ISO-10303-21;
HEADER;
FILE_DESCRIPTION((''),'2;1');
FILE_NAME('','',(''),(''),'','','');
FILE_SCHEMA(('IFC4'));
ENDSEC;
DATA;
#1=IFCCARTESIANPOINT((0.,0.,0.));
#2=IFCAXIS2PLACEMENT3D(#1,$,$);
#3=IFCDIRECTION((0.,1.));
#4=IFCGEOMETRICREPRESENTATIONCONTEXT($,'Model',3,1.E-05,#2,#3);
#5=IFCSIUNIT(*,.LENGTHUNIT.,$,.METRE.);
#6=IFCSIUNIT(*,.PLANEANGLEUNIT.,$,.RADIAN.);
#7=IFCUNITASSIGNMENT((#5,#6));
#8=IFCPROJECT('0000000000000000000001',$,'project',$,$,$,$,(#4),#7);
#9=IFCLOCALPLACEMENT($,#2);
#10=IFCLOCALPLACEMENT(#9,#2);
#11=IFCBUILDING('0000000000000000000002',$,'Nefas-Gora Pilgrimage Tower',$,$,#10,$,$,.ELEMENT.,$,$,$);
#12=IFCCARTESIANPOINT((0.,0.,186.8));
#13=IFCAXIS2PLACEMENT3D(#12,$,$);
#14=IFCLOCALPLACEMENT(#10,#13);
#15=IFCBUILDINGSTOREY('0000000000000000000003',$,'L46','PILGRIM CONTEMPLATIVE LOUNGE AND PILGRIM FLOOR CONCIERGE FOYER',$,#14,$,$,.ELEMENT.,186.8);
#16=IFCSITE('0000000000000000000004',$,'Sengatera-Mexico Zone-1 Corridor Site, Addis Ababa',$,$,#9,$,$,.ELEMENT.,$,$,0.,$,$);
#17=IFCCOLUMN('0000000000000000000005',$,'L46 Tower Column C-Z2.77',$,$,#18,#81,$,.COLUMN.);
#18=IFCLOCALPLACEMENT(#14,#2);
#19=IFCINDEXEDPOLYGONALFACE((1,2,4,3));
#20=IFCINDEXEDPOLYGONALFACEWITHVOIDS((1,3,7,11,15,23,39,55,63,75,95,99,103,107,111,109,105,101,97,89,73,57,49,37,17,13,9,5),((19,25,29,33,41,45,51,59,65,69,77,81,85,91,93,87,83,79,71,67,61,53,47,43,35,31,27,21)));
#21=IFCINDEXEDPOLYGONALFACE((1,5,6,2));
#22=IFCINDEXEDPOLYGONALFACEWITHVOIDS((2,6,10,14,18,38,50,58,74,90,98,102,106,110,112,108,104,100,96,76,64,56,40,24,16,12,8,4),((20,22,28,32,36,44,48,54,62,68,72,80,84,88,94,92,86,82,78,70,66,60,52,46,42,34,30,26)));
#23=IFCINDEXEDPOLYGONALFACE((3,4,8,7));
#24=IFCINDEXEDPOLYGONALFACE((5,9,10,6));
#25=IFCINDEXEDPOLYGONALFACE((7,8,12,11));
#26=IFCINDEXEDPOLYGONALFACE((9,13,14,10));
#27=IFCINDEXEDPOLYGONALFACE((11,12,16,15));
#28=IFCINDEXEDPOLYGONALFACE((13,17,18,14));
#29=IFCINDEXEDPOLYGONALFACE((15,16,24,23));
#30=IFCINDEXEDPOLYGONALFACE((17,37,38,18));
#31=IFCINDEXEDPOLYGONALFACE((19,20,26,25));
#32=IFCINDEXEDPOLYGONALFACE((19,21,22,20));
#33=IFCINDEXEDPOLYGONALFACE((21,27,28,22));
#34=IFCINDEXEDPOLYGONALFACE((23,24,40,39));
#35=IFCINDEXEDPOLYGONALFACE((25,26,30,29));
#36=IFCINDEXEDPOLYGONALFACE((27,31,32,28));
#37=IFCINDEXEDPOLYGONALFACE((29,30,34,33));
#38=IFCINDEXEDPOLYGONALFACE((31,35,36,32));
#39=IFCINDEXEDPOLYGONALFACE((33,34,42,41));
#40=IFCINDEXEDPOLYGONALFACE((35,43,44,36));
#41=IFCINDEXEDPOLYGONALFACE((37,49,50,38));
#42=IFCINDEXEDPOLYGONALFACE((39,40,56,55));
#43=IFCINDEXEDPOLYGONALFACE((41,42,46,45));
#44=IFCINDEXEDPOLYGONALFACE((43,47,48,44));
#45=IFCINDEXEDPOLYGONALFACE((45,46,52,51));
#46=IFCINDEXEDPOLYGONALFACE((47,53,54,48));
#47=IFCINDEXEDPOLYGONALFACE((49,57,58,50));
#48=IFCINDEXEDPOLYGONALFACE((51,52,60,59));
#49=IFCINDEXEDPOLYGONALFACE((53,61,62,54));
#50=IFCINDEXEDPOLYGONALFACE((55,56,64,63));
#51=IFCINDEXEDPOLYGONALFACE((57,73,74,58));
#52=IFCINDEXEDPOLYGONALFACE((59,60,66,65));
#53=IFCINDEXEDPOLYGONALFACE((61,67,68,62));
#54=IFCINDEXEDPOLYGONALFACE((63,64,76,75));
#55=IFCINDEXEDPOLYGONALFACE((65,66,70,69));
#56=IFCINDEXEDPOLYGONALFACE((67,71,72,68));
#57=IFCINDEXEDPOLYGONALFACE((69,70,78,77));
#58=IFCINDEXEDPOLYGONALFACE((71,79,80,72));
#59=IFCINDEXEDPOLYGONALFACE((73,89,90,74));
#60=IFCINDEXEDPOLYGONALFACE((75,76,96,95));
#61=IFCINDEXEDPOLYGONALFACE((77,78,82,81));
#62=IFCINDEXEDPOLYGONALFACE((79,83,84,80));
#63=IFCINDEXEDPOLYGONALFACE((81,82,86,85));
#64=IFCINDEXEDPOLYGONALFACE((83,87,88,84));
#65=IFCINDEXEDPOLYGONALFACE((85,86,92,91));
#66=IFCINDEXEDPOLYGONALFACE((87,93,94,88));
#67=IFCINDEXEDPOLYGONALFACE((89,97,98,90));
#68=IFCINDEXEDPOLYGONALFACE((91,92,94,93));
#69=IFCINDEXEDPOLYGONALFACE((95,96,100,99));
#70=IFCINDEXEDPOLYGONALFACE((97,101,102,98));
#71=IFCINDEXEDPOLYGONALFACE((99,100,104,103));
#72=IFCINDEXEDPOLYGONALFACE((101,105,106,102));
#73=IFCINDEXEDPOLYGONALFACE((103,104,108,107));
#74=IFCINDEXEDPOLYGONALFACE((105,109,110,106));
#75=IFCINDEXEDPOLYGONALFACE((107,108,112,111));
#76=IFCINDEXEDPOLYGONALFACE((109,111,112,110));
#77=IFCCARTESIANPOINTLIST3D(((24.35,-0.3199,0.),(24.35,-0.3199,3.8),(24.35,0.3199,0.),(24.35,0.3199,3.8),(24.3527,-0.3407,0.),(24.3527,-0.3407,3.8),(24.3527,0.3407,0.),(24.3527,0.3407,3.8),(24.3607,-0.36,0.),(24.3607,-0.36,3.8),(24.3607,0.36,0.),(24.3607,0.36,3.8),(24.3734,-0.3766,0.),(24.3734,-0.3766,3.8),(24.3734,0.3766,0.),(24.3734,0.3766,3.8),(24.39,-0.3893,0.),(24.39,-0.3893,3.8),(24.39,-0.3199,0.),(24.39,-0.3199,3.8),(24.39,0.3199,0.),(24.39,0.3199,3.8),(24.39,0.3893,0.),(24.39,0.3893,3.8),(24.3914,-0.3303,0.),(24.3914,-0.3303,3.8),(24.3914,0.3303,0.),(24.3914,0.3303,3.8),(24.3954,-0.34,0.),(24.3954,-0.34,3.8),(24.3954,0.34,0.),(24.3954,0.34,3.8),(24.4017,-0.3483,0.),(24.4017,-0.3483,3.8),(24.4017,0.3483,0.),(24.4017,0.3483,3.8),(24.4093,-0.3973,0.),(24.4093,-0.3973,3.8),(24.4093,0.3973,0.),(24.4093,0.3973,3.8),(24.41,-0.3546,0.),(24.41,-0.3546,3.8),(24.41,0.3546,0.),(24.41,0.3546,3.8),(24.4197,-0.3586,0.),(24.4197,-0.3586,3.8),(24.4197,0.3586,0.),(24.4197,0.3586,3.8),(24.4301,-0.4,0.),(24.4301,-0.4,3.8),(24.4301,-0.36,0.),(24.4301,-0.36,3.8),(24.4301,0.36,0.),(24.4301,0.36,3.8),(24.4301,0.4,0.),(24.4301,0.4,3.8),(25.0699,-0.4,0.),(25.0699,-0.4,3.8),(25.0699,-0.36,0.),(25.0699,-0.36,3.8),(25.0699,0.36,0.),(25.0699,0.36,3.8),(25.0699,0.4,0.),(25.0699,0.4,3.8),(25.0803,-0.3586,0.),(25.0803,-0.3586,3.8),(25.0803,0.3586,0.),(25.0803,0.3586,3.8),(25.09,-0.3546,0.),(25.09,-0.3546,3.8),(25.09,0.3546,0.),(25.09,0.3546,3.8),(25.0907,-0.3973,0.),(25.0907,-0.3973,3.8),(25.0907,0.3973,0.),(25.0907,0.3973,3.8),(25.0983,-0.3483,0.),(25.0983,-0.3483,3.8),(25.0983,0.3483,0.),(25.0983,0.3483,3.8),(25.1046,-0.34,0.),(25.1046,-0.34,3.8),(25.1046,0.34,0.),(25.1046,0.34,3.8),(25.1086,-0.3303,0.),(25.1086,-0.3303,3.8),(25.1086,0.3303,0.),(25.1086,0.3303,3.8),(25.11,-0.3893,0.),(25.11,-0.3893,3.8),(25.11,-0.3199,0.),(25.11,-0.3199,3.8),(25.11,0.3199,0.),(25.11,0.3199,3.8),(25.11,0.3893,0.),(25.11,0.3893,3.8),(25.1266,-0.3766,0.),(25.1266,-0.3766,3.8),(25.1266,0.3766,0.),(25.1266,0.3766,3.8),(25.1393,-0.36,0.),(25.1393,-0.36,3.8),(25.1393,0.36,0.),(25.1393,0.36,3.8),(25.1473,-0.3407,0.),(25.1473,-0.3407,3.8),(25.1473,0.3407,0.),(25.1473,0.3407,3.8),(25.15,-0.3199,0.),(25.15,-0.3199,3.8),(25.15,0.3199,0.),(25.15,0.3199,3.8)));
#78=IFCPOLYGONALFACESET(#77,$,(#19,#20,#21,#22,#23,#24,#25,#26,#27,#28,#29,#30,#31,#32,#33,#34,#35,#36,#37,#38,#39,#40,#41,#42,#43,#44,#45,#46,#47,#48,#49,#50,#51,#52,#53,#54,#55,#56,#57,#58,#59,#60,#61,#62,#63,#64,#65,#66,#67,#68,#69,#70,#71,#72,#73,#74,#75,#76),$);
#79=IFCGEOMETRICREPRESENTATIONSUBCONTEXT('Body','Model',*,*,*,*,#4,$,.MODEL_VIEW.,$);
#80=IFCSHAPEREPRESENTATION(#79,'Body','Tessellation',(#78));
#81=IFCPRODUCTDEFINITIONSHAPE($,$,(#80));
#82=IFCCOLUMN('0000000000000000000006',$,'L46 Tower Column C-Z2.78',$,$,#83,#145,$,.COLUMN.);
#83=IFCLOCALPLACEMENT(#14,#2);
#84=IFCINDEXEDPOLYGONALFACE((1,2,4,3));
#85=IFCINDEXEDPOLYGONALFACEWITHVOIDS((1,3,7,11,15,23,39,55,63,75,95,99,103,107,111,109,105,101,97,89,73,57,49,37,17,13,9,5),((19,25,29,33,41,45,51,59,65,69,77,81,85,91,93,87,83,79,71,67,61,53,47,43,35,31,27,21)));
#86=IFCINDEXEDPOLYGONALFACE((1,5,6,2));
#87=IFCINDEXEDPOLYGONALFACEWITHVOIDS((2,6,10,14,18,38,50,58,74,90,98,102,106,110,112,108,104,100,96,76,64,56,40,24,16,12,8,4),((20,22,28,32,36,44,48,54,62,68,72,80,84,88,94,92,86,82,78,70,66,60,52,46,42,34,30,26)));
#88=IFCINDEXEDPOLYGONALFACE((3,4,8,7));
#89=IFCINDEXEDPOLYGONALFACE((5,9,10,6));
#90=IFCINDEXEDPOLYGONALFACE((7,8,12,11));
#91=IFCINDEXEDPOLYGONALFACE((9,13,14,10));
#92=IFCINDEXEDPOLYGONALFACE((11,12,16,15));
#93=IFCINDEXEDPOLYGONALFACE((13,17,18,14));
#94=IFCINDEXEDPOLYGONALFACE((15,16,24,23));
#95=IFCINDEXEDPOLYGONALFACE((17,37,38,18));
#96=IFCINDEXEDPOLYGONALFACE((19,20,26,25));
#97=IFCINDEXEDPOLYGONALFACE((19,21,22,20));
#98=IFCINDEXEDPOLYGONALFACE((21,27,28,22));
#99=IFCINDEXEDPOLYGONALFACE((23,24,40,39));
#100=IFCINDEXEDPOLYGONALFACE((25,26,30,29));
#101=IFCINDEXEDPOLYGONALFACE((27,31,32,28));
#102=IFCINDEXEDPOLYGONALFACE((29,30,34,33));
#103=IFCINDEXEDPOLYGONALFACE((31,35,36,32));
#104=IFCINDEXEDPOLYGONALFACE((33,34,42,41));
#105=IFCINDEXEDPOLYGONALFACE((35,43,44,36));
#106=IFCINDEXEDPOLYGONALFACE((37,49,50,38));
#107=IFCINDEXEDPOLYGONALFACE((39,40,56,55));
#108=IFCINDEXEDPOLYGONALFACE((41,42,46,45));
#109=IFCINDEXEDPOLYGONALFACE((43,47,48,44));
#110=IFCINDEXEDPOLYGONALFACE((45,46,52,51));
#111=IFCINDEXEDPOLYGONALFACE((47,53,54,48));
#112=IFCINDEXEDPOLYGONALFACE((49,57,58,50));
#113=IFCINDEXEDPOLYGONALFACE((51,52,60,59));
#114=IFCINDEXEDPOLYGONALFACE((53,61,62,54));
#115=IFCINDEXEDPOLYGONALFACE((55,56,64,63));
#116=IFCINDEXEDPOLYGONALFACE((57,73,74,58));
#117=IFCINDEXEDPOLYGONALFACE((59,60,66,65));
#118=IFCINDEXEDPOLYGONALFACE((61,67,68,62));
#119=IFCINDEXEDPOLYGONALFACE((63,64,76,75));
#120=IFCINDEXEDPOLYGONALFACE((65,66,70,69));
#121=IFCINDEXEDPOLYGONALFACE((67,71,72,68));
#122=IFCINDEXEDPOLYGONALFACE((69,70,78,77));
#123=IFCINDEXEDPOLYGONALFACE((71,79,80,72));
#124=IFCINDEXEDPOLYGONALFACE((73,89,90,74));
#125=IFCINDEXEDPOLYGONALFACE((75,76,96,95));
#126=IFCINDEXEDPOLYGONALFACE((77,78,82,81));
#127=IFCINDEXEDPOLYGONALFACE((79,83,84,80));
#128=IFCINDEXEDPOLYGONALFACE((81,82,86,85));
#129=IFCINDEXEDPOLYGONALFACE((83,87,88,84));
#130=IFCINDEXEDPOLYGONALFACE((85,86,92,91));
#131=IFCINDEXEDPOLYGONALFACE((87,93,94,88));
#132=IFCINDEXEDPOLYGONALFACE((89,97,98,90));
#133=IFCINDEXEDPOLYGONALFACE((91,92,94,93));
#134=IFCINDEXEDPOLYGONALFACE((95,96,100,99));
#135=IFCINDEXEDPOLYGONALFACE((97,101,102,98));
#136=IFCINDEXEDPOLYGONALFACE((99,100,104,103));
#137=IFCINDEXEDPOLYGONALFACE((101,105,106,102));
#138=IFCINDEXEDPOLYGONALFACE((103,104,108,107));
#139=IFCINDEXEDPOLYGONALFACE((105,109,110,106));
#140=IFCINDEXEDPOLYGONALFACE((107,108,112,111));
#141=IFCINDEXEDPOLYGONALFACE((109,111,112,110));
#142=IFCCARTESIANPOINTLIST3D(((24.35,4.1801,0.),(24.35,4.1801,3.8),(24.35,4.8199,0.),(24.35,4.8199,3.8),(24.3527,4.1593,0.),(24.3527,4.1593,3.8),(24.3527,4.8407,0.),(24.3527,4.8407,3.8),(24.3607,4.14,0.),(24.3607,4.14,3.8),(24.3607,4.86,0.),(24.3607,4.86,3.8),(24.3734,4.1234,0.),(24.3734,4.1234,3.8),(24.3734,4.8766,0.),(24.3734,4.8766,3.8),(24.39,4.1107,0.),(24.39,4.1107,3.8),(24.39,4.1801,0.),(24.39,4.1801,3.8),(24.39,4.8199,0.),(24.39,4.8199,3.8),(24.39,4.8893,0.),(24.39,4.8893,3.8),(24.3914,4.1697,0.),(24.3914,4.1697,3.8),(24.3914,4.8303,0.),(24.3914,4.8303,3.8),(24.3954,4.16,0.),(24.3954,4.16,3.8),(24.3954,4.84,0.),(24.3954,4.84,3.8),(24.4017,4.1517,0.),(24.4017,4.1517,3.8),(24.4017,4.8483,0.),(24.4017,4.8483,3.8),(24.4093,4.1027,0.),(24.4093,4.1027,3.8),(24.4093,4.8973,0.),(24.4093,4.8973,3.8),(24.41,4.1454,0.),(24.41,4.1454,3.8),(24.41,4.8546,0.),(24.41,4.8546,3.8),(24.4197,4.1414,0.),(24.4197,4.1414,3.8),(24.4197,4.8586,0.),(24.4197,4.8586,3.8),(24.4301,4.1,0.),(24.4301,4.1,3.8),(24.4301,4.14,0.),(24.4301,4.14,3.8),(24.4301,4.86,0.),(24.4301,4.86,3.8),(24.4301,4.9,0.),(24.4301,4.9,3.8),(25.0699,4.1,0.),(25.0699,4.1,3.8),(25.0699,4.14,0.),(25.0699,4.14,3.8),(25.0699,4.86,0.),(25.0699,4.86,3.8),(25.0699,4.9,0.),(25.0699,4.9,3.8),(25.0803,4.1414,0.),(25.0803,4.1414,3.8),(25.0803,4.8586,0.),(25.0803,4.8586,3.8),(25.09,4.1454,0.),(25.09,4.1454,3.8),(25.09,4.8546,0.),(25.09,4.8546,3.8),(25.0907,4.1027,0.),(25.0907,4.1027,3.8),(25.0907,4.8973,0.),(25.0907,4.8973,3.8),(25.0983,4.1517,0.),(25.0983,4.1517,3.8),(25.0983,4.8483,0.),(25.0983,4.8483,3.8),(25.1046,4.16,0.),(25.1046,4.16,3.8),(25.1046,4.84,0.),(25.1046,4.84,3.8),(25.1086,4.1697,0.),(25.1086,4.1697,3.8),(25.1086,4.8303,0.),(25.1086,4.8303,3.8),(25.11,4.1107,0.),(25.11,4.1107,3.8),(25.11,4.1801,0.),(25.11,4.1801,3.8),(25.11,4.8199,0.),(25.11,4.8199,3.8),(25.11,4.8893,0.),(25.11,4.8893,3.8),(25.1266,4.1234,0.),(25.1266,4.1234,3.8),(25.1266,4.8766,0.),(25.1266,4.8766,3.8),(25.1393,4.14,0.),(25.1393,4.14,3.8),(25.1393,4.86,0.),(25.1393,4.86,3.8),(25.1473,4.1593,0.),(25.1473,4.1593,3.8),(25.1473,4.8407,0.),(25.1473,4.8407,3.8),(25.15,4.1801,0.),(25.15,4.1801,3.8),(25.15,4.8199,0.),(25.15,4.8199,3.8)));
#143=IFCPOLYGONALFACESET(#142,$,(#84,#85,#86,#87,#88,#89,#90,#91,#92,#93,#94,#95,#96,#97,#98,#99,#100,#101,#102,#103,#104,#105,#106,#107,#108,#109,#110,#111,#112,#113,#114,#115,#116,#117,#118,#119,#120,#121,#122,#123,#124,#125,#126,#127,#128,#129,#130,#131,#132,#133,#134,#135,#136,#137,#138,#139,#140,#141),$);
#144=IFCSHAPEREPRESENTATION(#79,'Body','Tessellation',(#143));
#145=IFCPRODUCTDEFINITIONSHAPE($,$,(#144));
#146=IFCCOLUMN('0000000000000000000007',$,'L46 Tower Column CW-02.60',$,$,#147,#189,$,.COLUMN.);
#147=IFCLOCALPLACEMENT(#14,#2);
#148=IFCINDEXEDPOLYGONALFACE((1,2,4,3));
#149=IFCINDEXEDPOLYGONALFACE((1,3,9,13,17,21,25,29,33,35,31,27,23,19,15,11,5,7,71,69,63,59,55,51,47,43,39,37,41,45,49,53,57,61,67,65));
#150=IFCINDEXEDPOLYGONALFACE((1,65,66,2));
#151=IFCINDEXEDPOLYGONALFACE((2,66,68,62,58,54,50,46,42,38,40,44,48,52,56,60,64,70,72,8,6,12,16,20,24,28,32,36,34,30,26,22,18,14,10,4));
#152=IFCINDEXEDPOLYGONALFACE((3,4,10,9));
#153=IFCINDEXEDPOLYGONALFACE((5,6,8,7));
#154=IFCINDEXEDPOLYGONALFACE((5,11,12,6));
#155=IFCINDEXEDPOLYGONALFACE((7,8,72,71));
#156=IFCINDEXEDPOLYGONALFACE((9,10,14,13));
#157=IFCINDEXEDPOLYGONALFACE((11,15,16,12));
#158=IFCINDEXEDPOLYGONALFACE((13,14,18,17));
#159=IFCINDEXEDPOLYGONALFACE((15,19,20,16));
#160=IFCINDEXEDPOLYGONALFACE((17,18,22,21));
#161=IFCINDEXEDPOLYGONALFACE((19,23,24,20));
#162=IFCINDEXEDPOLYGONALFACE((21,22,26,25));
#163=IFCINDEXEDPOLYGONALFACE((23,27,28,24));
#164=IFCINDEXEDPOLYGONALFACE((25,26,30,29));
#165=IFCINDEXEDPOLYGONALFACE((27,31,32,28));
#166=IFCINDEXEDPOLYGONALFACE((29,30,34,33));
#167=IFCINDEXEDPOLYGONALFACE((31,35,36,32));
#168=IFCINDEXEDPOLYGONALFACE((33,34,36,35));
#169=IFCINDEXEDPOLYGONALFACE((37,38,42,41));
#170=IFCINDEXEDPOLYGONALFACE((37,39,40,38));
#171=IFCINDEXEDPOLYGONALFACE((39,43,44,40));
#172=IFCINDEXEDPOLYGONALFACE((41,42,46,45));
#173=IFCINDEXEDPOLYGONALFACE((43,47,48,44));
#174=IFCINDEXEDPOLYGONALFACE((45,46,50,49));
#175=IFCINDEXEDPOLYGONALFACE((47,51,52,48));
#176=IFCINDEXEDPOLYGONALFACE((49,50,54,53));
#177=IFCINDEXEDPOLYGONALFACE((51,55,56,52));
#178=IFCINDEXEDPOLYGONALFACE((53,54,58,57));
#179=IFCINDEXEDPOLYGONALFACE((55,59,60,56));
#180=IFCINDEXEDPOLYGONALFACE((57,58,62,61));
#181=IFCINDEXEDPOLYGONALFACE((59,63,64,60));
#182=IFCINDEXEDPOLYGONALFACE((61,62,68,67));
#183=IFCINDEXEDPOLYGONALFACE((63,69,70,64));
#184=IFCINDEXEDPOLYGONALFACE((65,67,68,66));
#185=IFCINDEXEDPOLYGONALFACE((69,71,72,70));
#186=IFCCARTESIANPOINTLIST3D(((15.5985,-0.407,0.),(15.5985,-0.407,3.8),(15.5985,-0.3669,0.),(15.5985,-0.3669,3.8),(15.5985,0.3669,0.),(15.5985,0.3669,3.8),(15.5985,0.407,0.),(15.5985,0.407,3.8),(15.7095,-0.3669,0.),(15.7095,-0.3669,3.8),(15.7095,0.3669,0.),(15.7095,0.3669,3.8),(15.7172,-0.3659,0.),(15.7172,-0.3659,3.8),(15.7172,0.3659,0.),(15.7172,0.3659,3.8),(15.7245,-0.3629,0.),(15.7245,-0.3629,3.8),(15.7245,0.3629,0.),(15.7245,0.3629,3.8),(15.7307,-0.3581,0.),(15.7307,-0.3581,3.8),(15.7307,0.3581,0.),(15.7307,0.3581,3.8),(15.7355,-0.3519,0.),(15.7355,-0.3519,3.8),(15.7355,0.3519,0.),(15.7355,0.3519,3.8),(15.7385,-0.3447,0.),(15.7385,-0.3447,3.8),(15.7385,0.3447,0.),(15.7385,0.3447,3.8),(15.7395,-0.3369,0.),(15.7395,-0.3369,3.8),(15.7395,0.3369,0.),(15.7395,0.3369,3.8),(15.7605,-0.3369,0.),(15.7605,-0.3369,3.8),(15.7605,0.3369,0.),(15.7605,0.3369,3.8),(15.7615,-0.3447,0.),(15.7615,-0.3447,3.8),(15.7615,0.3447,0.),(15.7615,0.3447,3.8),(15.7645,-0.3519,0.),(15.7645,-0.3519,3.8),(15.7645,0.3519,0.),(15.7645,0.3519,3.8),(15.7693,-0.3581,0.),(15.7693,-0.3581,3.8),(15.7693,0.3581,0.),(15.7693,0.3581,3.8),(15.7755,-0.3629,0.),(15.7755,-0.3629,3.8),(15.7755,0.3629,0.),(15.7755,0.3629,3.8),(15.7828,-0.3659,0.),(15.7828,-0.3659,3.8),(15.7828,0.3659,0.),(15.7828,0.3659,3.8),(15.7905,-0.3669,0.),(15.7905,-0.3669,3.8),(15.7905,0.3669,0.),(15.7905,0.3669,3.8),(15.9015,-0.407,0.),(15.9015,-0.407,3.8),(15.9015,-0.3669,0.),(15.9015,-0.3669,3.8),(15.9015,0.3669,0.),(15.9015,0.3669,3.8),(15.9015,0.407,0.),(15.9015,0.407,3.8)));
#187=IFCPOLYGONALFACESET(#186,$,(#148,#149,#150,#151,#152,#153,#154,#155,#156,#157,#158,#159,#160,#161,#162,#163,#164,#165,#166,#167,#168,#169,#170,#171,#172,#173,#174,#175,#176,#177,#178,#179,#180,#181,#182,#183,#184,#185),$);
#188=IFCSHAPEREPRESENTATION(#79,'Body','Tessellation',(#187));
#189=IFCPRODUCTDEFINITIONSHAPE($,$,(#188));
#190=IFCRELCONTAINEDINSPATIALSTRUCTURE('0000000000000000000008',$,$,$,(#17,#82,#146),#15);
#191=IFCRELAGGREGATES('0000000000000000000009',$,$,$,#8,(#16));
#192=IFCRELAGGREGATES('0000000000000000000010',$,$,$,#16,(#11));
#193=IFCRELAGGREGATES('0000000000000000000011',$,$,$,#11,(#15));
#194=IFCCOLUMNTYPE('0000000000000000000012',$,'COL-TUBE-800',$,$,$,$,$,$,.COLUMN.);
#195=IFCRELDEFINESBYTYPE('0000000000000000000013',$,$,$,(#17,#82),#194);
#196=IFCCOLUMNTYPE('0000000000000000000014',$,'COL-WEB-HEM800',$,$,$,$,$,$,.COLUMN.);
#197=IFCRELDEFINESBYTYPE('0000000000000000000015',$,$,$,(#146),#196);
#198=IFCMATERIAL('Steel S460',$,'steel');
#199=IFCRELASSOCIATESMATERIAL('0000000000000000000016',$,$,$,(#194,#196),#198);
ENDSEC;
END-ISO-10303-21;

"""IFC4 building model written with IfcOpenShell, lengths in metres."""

from ifc_helpers import new_model, si_unit, direction, frame, origin, origin_2d, place, context, subcontext, project, spatial, hollow_rectangle, i_section, extrude, source, transform, mapped, material, material_profile, profile_set, type_object, element, save


model = new_model("IFC4")

# Units and contexts
model_context = context("Model", 3, precision=1e-05, world=origin(), true_north=direction((0.0, 1.0)))
body_context = subcontext(model_context, "Body", "Model", "MODEL_VIEW")
ifc_project = project(units=[si_unit("LENGTHUNIT", "METRE"), si_unit("PLANEANGLEUNIT", "RADIAN")], contexts=[model_context])

# Site, building, storey
site_placement = place(None, origin())
site = spatial("IfcSite", under=ifc_project, at=site_placement, Name="Sengatera-Mexico Zone-1 Corridor Site, Addis Ababa", CompositionType="ELEMENT", RefElevation=0.0)
building_placement = place(site_placement, origin())
building = spatial("IfcBuilding", under=site, at=building_placement, Name="Nefas-Gora Pilgrimage Tower", CompositionType="ELEMENT")
storey_placement = place(building_placement, frame((0.0, 0.0, 186.8)))
storey = spatial("IfcBuildingStorey", under=building, at=storey_placement, Name="L46", Description="PILGRIM CONTEMPLATIVE LOUNGE AND PILGRIM FLOOR CONCIERGE FOYER", CompositionType="ELEMENT", Elevation=186.8)

# Columns
ifc_material_1 = material(Name="Steel S460", Category="steel")
ifc_material_profile_1 = material_profile(ifc_material_1, hollow_rectangle(XDim=0.8, YDim=0.8, WallThickness=0.04, InnerFilletRadius=0.04, OuterFilletRadius=0.0801, at=origin_2d()), Name="BOX 800x800x40")
ifc_profile_set_1 = profile_set([ifc_material_profile_1], Name="Steel S460")
column_type_1 = type_object("IfcColumnType", Name="COL-TUBE-800", PredefinedType="COLUMN", material=ifc_profile_set_1)
shared_shape_1 = source(origin(), body_context, "Body", "SweptSolid", [
    extrude(hollow_rectangle(XDim=0.8, YDim=0.8, WallThickness=0.04, InnerFilletRadius=0.04, OuterFilletRadius=0.0801, at=origin_2d()), origin(), (0.0, 0.0, 1.0), 3.8),
])
for number, where, z_axis, x_axis, name in (
    (1, (24.75, 0.0, 0.0), (0.0, 0.0, 1.0), (1.0, 0.0, 0.0), "L46 Tower Column C-Z2.77"),
    (2, (24.75, 4.5, 0.0), (0.0, 0.0, 1.0), (1.0, 0.0, 0.0), "L46 Tower Column C-Z2.78"),
):
    element("IfcColumn", number, at=place(storey_placement, frame(where, z_axis=z_axis, x_axis=x_axis)), inside=storey, type_object=column_type_1, Name=name, PredefinedType="COLUMN", context=body_context, shape_type="MappedRepresentation", body=[
        mapped(shared_shape_1, transform((0.0, 0.0, 0.0), x_axis=(1.0, 0.0, 0.0), y_axis=(0.0, 1.0, 0.0), z_axis=(0.0, 0.0, 1.0), scale=1.0)),
    ])
ifc_material_profile_2 = material_profile(ifc_material_1, i_section(OverallWidth=0.303, OverallDepth=0.814, WebThickness=0.021, FlangeThickness=0.04, FilletRadius=0.03, at=origin_2d()), Name="HEM 800")
ifc_profile_set_2 = profile_set([ifc_material_profile_2], Name="Steel S460")
column_type_2 = type_object("IfcColumnType", Name="COL-WEB-HEM800", PredefinedType="COLUMN", material=ifc_profile_set_2)
shared_shape_2 = source(origin(), body_context, "Body", "SweptSolid", [
    extrude(i_section(OverallWidth=0.303, OverallDepth=0.814, WebThickness=0.021, FlangeThickness=0.04, FilletRadius=0.03, at=origin_2d()), origin(), (0.0, 0.0, 1.0), 3.8),
])
for number, where, z_axis, x_axis, name in (
    (3, (15.75, 0.0, 0.0), (0.0, 0.0, 1.0), (1.0, 0.0, 0.0), "L46 Tower Column CW-02.60"),
):
    element("IfcColumn", number, at=place(storey_placement, frame(where, z_axis=z_axis, x_axis=x_axis)), inside=storey, type_object=column_type_2, Name=name, PredefinedType="COLUMN", context=body_context, shape_type="MappedRepresentation", body=[
        mapped(shared_shape_2, transform((0.0, 0.0, 0.0), x_axis=(1.0, 0.0, 0.0), y_axis=(0.0, 1.0, 0.0), z_axis=(0.0, 0.0, 1.0), scale=1.0)),
    ])

save(model, "model.ifc")
